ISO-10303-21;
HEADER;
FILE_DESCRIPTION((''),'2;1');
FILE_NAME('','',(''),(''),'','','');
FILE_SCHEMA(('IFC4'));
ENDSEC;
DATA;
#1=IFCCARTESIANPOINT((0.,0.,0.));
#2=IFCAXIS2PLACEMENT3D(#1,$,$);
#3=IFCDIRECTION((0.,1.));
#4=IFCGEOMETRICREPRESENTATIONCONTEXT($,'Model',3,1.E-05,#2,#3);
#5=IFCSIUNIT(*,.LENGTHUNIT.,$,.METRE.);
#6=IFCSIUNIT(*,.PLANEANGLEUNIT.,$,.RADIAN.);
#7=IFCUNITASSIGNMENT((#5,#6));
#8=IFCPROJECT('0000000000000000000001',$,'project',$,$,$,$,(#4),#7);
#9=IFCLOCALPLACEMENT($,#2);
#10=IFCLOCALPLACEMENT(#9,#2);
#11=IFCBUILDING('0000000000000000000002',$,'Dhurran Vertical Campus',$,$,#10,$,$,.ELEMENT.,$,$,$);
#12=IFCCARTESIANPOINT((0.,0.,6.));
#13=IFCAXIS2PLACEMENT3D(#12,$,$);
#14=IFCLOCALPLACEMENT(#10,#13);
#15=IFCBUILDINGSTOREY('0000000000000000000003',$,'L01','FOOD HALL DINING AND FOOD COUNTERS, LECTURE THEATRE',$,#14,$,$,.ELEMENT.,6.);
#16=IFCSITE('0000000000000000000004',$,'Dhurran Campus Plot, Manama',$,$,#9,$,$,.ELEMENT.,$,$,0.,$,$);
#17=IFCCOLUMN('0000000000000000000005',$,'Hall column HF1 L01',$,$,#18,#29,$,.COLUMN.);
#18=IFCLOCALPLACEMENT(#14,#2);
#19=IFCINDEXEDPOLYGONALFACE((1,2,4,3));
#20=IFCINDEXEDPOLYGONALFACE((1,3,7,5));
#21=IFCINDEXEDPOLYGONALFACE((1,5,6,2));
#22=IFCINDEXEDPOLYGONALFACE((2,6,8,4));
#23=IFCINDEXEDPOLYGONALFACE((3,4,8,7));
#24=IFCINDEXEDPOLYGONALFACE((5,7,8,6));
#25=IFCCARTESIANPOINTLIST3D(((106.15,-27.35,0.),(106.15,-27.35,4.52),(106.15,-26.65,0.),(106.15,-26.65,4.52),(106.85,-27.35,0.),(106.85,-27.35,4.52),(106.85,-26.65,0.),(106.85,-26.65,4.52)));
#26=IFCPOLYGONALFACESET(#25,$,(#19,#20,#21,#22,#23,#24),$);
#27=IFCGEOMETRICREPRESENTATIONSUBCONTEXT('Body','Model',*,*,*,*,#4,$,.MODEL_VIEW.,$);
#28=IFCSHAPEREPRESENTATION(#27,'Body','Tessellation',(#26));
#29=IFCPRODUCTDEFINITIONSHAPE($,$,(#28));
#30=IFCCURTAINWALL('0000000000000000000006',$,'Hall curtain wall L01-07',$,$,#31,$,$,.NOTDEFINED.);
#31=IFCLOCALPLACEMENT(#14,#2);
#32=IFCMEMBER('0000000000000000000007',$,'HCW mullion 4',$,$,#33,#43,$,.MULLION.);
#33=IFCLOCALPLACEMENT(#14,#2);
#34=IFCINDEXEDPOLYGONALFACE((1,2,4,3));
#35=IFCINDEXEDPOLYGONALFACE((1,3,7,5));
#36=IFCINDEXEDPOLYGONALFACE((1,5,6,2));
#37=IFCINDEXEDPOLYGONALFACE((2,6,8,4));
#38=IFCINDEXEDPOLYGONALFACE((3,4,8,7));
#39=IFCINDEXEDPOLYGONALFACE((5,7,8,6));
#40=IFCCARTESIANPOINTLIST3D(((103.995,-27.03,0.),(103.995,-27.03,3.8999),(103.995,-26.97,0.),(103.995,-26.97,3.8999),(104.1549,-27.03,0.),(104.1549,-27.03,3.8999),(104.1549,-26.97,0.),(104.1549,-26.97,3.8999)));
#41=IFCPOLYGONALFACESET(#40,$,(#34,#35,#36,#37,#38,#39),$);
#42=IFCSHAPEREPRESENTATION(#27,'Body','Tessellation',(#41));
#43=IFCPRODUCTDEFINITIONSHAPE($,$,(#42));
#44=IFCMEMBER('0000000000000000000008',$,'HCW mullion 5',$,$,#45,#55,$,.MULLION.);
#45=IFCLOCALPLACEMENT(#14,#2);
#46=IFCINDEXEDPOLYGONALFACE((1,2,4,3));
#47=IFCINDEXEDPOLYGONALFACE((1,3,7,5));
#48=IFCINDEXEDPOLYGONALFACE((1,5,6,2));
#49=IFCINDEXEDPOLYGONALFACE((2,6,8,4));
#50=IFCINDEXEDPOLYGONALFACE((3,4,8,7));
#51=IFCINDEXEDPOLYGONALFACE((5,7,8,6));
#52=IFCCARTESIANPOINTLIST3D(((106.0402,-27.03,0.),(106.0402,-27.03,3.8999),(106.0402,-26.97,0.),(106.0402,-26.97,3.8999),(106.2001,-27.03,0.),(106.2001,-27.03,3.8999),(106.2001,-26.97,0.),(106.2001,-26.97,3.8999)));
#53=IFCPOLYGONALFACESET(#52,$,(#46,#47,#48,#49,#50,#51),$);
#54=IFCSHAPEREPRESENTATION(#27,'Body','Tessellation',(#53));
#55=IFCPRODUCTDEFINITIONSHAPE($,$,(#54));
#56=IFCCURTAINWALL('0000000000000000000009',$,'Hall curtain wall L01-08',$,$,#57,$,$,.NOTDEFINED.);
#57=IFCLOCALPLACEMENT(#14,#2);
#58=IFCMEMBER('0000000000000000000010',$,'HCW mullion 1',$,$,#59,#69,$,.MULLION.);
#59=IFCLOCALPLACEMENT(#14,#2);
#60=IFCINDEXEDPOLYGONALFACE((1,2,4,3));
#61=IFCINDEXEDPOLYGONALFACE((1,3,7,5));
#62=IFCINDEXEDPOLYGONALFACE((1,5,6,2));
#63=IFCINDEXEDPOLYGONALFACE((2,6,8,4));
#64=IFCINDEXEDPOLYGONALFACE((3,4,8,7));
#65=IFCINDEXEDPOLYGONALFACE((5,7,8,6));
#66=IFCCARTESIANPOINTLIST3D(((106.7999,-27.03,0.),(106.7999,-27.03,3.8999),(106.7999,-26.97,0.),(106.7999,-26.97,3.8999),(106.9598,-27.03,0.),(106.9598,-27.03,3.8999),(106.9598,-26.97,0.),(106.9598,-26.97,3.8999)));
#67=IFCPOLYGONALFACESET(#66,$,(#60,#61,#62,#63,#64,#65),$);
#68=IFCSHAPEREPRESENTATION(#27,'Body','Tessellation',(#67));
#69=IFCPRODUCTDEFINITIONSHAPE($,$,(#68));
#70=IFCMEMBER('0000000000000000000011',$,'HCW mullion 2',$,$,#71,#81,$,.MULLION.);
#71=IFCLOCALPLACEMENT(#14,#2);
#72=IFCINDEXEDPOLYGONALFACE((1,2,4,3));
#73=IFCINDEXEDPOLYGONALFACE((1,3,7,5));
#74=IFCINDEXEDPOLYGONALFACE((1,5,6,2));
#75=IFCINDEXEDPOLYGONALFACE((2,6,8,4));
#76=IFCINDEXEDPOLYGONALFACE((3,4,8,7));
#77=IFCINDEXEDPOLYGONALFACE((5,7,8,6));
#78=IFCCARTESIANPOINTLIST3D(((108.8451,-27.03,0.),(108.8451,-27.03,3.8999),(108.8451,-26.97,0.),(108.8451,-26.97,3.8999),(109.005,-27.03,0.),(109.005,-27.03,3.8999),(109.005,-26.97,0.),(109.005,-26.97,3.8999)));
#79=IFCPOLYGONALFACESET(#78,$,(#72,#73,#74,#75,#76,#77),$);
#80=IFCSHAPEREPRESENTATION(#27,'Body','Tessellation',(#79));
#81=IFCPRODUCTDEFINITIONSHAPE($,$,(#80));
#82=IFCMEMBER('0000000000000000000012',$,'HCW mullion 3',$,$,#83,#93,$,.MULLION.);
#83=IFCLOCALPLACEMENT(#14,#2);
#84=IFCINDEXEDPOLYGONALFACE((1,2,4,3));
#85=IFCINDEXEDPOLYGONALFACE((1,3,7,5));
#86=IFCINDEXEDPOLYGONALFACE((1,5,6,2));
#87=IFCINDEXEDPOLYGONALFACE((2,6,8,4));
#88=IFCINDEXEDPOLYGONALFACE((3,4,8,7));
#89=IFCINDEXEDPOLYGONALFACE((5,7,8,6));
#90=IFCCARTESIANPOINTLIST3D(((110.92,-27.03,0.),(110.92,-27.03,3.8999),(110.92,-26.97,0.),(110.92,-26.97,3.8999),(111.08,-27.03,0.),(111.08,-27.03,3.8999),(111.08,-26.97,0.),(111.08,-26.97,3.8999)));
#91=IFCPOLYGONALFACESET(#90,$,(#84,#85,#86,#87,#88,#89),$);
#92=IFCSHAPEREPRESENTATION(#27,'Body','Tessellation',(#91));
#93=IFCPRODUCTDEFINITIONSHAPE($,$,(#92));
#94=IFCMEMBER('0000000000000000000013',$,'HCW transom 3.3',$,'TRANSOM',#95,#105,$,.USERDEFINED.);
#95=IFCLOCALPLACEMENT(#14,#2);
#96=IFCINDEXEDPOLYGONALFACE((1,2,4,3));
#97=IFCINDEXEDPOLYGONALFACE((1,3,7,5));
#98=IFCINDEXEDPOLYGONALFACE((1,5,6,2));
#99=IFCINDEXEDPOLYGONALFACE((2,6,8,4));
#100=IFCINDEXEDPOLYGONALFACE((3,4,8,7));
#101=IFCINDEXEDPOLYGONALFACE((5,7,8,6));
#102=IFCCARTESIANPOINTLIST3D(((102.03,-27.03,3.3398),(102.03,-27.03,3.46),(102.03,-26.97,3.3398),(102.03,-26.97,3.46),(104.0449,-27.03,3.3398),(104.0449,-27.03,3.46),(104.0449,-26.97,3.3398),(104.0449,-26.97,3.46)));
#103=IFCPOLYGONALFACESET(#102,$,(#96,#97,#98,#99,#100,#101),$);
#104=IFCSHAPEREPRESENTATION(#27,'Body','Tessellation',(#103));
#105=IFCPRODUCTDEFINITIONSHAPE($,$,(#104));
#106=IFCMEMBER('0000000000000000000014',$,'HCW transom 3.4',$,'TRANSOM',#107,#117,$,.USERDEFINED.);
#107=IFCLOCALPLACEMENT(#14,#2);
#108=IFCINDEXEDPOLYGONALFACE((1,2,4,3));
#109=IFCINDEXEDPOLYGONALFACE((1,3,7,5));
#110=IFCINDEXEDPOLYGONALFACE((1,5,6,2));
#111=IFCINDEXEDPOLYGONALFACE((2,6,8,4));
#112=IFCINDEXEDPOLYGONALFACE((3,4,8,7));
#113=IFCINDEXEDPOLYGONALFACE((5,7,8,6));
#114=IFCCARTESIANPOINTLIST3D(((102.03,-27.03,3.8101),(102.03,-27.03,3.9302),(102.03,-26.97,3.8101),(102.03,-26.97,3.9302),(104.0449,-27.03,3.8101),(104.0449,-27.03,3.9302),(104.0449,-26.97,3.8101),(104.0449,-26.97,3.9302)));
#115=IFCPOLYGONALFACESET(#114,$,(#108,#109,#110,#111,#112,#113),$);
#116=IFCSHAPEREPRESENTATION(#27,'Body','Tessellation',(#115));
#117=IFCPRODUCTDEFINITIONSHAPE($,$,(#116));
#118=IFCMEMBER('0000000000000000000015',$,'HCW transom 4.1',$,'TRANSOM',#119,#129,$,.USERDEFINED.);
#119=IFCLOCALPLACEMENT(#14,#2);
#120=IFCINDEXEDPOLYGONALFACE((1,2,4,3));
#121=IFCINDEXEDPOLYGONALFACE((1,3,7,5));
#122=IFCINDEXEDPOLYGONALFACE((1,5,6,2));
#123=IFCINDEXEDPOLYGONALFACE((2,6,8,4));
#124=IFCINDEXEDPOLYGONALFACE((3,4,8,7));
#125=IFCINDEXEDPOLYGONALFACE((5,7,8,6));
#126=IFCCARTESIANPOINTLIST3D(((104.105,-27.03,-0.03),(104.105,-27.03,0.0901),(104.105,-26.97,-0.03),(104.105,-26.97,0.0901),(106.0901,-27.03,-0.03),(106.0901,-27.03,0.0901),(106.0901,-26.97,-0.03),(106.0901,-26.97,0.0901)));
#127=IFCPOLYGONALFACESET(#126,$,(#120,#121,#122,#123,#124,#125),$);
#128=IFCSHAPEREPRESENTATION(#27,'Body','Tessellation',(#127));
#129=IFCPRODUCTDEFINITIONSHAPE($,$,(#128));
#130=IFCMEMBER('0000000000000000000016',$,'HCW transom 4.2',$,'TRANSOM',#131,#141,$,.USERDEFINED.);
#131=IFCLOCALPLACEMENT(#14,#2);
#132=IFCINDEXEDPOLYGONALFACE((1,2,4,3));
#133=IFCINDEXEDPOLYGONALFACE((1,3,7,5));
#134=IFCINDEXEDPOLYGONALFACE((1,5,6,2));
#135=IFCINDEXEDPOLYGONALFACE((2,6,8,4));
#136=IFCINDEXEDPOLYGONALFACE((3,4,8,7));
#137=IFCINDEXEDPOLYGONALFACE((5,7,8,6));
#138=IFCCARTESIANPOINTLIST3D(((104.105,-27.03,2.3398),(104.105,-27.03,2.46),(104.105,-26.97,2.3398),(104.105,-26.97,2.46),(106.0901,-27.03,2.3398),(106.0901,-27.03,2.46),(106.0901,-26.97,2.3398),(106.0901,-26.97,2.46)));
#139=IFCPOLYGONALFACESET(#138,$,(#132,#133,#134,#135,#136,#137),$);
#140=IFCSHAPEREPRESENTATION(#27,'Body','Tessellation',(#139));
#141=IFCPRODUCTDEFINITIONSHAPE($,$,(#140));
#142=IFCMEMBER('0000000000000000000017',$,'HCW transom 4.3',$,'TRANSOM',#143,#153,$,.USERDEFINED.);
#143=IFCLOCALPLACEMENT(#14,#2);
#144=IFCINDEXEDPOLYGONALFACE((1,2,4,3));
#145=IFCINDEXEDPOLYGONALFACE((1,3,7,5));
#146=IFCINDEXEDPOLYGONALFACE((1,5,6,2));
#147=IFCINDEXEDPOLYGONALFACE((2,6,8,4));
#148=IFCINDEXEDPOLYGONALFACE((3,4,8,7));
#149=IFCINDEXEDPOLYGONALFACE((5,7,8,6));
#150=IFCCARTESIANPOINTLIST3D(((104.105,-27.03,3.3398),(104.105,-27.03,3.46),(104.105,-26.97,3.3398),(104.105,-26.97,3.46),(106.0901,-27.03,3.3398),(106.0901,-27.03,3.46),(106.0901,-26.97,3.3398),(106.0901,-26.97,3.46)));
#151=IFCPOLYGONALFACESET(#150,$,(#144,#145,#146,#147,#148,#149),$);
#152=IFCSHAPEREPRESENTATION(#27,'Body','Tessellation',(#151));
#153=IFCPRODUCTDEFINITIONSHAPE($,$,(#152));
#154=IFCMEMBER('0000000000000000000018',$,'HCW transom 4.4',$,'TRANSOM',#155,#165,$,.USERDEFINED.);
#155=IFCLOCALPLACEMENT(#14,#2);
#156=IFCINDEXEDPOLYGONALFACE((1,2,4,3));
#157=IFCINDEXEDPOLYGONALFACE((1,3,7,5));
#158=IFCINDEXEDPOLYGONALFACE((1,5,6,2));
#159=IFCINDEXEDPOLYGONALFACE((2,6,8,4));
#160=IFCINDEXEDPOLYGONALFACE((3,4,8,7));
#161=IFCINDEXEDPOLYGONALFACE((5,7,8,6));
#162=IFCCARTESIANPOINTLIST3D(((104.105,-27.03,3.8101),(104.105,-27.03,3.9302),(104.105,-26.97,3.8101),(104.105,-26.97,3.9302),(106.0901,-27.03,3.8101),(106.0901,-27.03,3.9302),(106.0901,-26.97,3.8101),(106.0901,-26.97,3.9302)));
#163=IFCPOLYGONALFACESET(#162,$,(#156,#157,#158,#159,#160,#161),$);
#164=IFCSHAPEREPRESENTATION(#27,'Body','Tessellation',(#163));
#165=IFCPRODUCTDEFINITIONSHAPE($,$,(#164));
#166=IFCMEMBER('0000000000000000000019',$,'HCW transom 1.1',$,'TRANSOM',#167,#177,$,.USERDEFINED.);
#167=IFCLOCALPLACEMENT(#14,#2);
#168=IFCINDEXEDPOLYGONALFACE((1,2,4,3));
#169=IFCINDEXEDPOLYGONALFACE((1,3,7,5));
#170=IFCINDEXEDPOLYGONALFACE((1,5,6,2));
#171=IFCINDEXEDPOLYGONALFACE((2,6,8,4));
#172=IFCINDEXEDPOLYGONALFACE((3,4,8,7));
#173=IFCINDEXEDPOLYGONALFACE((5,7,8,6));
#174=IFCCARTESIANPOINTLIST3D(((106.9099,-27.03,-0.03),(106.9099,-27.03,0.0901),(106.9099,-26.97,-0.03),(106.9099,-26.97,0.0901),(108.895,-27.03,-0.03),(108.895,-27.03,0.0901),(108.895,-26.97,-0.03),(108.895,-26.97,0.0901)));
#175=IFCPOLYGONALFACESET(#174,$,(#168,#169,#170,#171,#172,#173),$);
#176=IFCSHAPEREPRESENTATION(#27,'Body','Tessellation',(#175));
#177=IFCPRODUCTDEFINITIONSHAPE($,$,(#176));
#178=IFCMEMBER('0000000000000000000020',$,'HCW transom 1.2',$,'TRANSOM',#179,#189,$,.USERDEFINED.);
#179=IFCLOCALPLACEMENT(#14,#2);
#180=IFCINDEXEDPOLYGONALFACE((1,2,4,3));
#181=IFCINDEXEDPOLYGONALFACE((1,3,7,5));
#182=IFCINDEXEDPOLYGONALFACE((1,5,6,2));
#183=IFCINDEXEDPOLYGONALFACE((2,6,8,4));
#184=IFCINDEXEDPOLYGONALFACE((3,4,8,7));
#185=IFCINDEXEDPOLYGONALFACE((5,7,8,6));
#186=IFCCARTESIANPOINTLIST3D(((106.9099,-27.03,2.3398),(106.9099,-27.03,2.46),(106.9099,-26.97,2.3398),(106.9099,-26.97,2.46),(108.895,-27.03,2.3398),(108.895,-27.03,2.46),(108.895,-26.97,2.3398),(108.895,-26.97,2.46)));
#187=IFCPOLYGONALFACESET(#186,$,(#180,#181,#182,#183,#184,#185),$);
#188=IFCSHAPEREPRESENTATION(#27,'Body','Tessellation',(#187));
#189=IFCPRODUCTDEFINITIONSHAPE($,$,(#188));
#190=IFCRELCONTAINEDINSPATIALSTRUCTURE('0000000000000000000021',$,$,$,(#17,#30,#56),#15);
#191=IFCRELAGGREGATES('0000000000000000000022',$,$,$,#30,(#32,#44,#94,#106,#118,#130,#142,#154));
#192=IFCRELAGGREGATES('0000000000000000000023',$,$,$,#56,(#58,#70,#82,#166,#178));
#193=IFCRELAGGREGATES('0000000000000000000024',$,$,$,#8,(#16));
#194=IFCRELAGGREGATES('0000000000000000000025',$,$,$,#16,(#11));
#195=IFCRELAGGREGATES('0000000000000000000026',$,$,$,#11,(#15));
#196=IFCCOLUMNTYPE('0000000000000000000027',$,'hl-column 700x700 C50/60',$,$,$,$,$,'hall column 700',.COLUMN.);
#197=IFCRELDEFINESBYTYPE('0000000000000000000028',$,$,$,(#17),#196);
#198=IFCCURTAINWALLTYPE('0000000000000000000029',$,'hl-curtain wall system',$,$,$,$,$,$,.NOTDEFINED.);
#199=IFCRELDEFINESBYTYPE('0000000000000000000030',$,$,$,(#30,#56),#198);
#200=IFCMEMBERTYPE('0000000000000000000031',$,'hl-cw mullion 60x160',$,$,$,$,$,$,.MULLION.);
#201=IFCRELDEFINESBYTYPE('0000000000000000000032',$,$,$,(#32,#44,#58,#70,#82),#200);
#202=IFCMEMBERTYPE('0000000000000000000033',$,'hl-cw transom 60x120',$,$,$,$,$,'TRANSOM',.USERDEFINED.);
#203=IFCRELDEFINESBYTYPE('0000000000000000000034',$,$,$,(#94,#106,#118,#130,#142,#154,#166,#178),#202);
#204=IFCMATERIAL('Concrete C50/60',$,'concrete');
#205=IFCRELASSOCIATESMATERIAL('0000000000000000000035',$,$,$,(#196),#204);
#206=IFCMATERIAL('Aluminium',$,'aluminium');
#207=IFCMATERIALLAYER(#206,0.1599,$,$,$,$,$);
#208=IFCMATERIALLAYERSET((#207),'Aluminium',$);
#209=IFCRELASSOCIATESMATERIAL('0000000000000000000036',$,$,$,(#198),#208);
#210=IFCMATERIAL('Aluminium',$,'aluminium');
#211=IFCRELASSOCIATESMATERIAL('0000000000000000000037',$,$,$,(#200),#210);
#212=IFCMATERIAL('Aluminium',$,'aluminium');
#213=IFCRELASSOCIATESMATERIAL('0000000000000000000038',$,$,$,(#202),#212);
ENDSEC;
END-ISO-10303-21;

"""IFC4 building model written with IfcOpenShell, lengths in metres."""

from ifc_helpers import new_model, si_unit, direction, frame, origin, origin_2d, place, context, subcontext, project, spatial, rectangle, extrude, material, layer, layer_set, material_profile, profile_set, type_object, element, aggregate, save


model = new_model("IFC4")

# Units and contexts
model_context = context("Model", 3, precision=1e-05, world=origin(), true_north=direction((0.0, 1.0)))
body_context = subcontext(model_context, "Body", "Model", "MODEL_VIEW")
ifc_project = project(units=[si_unit("LENGTHUNIT", "METRE"), si_unit("PLANEANGLEUNIT", "RADIAN")], contexts=[model_context])

# Site, building, storey
site_placement = place(None, origin())
site = spatial("IfcSite", under=ifc_project, at=site_placement, Name="Dhurran Campus Plot, Manama", CompositionType="ELEMENT", RefElevation=0.0)
building_placement = place(site_placement, origin())
building = spatial("IfcBuilding", under=site, at=building_placement, Name="Dhurran Vertical Campus", CompositionType="ELEMENT")
storey_placement = place(building_placement, frame((0.0, 0.0, 6.0)))
storey = spatial("IfcBuildingStorey", under=building, at=storey_placement, Name="L01", Description="FOOD HALL DINING AND FOOD COUNTERS, LECTURE THEATRE", CompositionType="ELEMENT", Elevation=6.0)

# Column
ifc_material_1 = material(Name="Concrete C50/60", Category="concrete")
ifc_material_profile_1 = material_profile(ifc_material_1, rectangle(XDim=0.7, YDim=0.7, at=origin_2d()), Name="hl-column 700x700 C50/60")
ifc_profile_set_1 = profile_set([ifc_material_profile_1], Name="Concrete C50/60")
column_type = type_object("IfcColumnType", Name="hl-column 700x700 C50/60", ElementType="hall column 700", PredefinedType="COLUMN", material=ifc_profile_set_1)
column_placement = place(storey_placement, frame((106.5, -27.0, 0.0), z_axis=(0.0, 0.0, 1.0), x_axis=(1.0, 0.0, 0.0)))
element("IfcColumn", 1, at=column_placement, inside=storey, type_object=column_type, Name="Hall column HF1 L01", PredefinedType="COLUMN", context=body_context, shape_type="SweptSolid", body=[
    extrude(rectangle(XDim=0.7, YDim=0.7, at=origin_2d()), origin(), (0.0, 0.0, 1.0), 4.52),
])

# Curtain walls, members
ifc_material_2 = material(Name="Aluminium", Category="aluminium")
ifc_layer_1 = layer(ifc_material_2, 0.1599)
ifc_layer_set_1 = layer_set([ifc_layer_1], Name="Aluminium")
curtain_wall_type = type_object("IfcCurtainWallType", Name="hl-curtain wall system", PredefinedType="NOTDEFINED", material=ifc_layer_set_1)
curtain_wall_1_placement = place(storey_placement, origin())
curtain_wall_1 = element("IfcCurtainWall", 2, at=curtain_wall_1_placement, inside=storey, type_object=curtain_wall_type, Name="Hall curtain wall L01-07", PredefinedType="NOTDEFINED")
ifc_material_3 = material(Name="Aluminium", Category="aluminium")
ifc_material_profile_2 = material_profile(ifc_material_3, rectangle(XDim=0.0601, YDim=0.1599, at=origin_2d()), Name="hl-cw mullion 60x160")
ifc_profile_set_2 = profile_set([ifc_material_profile_2], Name="Aluminium")
member_type_1 = type_object("IfcMemberType", Name="hl-cw mullion 60x160", PredefinedType="MULLION", material=ifc_profile_set_2)
member_1_placement = place(storey_placement, frame((104.075, -27.0, 0.0), z_axis=(0.0, 0.0, 1.0), x_axis=(0.0, 1.0, 0.0)))
member_1 = element("IfcMember", 3, at=member_1_placement, type_object=member_type_1, Name="HCW mullion 4", PredefinedType="MULLION", context=body_context, shape_type="SweptSolid", body=[
    extrude(rectangle(XDim=0.0601, YDim=0.1599, at=origin_2d()), origin(), (0.0, 0.0, 1.0), 3.8999),
])
member_2_placement = place(storey_placement, frame((106.1201, -27.0, 0.0), z_axis=(0.0, 0.0, 1.0), x_axis=(0.0, 1.0, 0.0)))
member_2 = element("IfcMember", 4, at=member_2_placement, type_object=member_type_1, Name="HCW mullion 5", PredefinedType="MULLION", context=body_context, shape_type="SweptSolid", body=[
    extrude(rectangle(XDim=0.0601, YDim=0.1599, at=origin_2d()), origin(), (0.0, 0.0, 1.0), 3.8999),
])
curtain_wall_2_placement = place(storey_placement, origin())
curtain_wall_2 = element("IfcCurtainWall", 5, at=curtain_wall_2_placement, inside=storey, type_object=curtain_wall_type, Name="Hall curtain wall L01-08", PredefinedType="NOTDEFINED")
member_3_placement = place(storey_placement, frame((106.8799, -27.0, 0.0), z_axis=(0.0, 0.0, 1.0), x_axis=(0.0, 1.0, 0.0)))
member_3 = element("IfcMember", 6, at=member_3_placement, type_object=member_type_1, Name="HCW mullion 1", PredefinedType="MULLION", context=body_context, shape_type="SweptSolid", body=[
    extrude(rectangle(XDim=0.0601, YDim=0.1599, at=origin_2d()), origin(), (0.0, 0.0, 1.0), 3.8999),
])
member_4_placement = place(storey_placement, frame((108.925, -27.0, 0.0), z_axis=(0.0, 0.0, 1.0), x_axis=(0.0, 1.0, 0.0)))
member_4 = element("IfcMember", 7, at=member_4_placement, type_object=member_type_1, Name="HCW mullion 2", PredefinedType="MULLION", context=body_context, shape_type="SweptSolid", body=[
    extrude(rectangle(XDim=0.0601, YDim=0.1599, at=origin_2d()), origin(), (0.0, 0.0, 1.0), 3.8999),
])
member_5_placement = place(storey_placement, frame((111.0, -27.0, 0.0), z_axis=(0.0, 0.0, 1.0), x_axis=(0.0, 1.0, 0.0)))
member_5 = element("IfcMember", 8, at=member_5_placement, type_object=member_type_1, Name="HCW mullion 3", PredefinedType="MULLION", context=body_context, shape_type="SweptSolid", body=[
    extrude(rectangle(XDim=0.0601, YDim=0.1599, at=origin_2d()), origin(), (0.0, 0.0, 1.0), 3.8999),
])

# Members
ifc_material_4 = material(Name="Aluminium", Category="aluminium")
ifc_material_profile_3 = material_profile(ifc_material_4, rectangle(XDim=0.0601, YDim=0.1201, at=origin_2d()), Name="hl-cw transom 60x120")
ifc_profile_set_3 = profile_set([ifc_material_profile_3], Name="Aluminium")
member_type_2 = type_object("IfcMemberType", Name="hl-cw transom 60x120", ElementType="TRANSOM", PredefinedType="USERDEFINED", material=ifc_profile_set_3)
member_6_placement = place(storey_placement, frame((102.03, -27.0, 3.3999), z_axis=(1.0, 0.0, 0.0), x_axis=(0.0, 1.0, 0.0)))
member_6 = element("IfcMember", 9, at=member_6_placement, type_object=member_type_2, Name="HCW transom 3.3", ObjectType="TRANSOM", PredefinedType="USERDEFINED", context=body_context, shape_type="SweptSolid", body=[
    extrude(rectangle(XDim=0.0601, YDim=0.1201, at=origin_2d()), origin(), (0.0, 0.0, 1.0), 2.0149),
])
member_7_placement = place(storey_placement, frame((102.03, -27.0, 3.8701), z_axis=(1.0, 0.0, 0.0), x_axis=(0.0, 1.0, 0.0)))
member_7 = element("IfcMember", 10, at=member_7_placement, type_object=member_type_2, Name="HCW transom 3.4", ObjectType="TRANSOM", PredefinedType="USERDEFINED", context=body_context, shape_type="SweptSolid", body=[
    extrude(rectangle(XDim=0.0601, YDim=0.1201, at=origin_2d()), origin(), (0.0, 0.0, 1.0), 2.0149),
])
member_8_placement = place(storey_placement, frame((104.105, -27.0, 0.03), z_axis=(1.0, 0.0, 0.0), x_axis=(0.0, 1.0, 0.0)))
member_8 = element("IfcMember", 11, at=member_8_placement, type_object=member_type_2, Name="HCW transom 4.1", ObjectType="TRANSOM", PredefinedType="USERDEFINED", context=body_context, shape_type="SweptSolid", body=[
    extrude(rectangle(XDim=0.0601, YDim=0.1201, at=origin_2d()), origin(), (0.0, 0.0, 1.0), 1.9851),
])
member_9_placement = place(storey_placement, frame((104.105, -27.0, 2.3999), z_axis=(1.0, 0.0, 0.0), x_axis=(0.0, 1.0, 0.0)))
member_9 = element("IfcMember", 12, at=member_9_placement, type_object=member_type_2, Name="HCW transom 4.2", ObjectType="TRANSOM", PredefinedType="USERDEFINED", context=body_context, shape_type="SweptSolid", body=[
    extrude(rectangle(XDim=0.0601, YDim=0.1201, at=origin_2d()), origin(), (0.0, 0.0, 1.0), 1.9851),
])
member_10_placement = place(storey_placement, frame((104.105, -27.0, 3.3999), z_axis=(1.0, 0.0, 0.0), x_axis=(0.0, 1.0, 0.0)))
member_10 = element("IfcMember", 13, at=member_10_placement, type_object=member_type_2, Name="HCW transom 4.3", ObjectType="TRANSOM", PredefinedType="USERDEFINED", context=body_context, shape_type="SweptSolid", body=[
    extrude(rectangle(XDim=0.0601, YDim=0.1201, at=origin_2d()), origin(), (0.0, 0.0, 1.0), 1.9851),
])
member_11_placement = place(storey_placement, frame((104.105, -27.0, 3.8701), z_axis=(1.0, 0.0, 0.0), x_axis=(0.0, 1.0, 0.0)))
member_11 = element("IfcMember", 14, at=member_11_placement, type_object=member_type_2, Name="HCW transom 4.4", ObjectType="TRANSOM", PredefinedType="USERDEFINED", context=body_context, shape_type="SweptSolid", body=[
    extrude(rectangle(XDim=0.0601, YDim=0.1201, at=origin_2d()), origin(), (0.0, 0.0, 1.0), 1.9851),
])
member_12_placement = place(storey_placement, frame((106.9099, -27.0, 0.03), z_axis=(1.0, 0.0, 0.0), x_axis=(0.0, 1.0, 0.0)))
member_12 = element("IfcMember", 15, at=member_12_placement, type_object=member_type_2, Name="HCW transom 1.1", ObjectType="TRANSOM", PredefinedType="USERDEFINED", context=body_context, shape_type="SweptSolid", body=[
    extrude(rectangle(XDim=0.0601, YDim=0.1201, at=origin_2d()), origin(), (0.0, 0.0, 1.0), 1.9851),
])
member_13_placement = place(storey_placement, frame((106.9099, -27.0, 2.3999), z_axis=(1.0, 0.0, 0.0), x_axis=(0.0, 1.0, 0.0)))
member_13 = element("IfcMember", 16, at=member_13_placement, type_object=member_type_2, Name="HCW transom 1.2", ObjectType="TRANSOM", PredefinedType="USERDEFINED", context=body_context, shape_type="SweptSolid", body=[
    extrude(rectangle(XDim=0.0601, YDim=0.1201, at=origin_2d()), origin(), (0.0, 0.0, 1.0), 1.9851),
])

aggregate(curtain_wall_1, [member_1, member_2, member_6, member_7, member_8, member_9, member_10, member_11])
aggregate(curtain_wall_2, [member_3, member_4, member_5, member_12, member_13])

save(model, "model.ifc")
